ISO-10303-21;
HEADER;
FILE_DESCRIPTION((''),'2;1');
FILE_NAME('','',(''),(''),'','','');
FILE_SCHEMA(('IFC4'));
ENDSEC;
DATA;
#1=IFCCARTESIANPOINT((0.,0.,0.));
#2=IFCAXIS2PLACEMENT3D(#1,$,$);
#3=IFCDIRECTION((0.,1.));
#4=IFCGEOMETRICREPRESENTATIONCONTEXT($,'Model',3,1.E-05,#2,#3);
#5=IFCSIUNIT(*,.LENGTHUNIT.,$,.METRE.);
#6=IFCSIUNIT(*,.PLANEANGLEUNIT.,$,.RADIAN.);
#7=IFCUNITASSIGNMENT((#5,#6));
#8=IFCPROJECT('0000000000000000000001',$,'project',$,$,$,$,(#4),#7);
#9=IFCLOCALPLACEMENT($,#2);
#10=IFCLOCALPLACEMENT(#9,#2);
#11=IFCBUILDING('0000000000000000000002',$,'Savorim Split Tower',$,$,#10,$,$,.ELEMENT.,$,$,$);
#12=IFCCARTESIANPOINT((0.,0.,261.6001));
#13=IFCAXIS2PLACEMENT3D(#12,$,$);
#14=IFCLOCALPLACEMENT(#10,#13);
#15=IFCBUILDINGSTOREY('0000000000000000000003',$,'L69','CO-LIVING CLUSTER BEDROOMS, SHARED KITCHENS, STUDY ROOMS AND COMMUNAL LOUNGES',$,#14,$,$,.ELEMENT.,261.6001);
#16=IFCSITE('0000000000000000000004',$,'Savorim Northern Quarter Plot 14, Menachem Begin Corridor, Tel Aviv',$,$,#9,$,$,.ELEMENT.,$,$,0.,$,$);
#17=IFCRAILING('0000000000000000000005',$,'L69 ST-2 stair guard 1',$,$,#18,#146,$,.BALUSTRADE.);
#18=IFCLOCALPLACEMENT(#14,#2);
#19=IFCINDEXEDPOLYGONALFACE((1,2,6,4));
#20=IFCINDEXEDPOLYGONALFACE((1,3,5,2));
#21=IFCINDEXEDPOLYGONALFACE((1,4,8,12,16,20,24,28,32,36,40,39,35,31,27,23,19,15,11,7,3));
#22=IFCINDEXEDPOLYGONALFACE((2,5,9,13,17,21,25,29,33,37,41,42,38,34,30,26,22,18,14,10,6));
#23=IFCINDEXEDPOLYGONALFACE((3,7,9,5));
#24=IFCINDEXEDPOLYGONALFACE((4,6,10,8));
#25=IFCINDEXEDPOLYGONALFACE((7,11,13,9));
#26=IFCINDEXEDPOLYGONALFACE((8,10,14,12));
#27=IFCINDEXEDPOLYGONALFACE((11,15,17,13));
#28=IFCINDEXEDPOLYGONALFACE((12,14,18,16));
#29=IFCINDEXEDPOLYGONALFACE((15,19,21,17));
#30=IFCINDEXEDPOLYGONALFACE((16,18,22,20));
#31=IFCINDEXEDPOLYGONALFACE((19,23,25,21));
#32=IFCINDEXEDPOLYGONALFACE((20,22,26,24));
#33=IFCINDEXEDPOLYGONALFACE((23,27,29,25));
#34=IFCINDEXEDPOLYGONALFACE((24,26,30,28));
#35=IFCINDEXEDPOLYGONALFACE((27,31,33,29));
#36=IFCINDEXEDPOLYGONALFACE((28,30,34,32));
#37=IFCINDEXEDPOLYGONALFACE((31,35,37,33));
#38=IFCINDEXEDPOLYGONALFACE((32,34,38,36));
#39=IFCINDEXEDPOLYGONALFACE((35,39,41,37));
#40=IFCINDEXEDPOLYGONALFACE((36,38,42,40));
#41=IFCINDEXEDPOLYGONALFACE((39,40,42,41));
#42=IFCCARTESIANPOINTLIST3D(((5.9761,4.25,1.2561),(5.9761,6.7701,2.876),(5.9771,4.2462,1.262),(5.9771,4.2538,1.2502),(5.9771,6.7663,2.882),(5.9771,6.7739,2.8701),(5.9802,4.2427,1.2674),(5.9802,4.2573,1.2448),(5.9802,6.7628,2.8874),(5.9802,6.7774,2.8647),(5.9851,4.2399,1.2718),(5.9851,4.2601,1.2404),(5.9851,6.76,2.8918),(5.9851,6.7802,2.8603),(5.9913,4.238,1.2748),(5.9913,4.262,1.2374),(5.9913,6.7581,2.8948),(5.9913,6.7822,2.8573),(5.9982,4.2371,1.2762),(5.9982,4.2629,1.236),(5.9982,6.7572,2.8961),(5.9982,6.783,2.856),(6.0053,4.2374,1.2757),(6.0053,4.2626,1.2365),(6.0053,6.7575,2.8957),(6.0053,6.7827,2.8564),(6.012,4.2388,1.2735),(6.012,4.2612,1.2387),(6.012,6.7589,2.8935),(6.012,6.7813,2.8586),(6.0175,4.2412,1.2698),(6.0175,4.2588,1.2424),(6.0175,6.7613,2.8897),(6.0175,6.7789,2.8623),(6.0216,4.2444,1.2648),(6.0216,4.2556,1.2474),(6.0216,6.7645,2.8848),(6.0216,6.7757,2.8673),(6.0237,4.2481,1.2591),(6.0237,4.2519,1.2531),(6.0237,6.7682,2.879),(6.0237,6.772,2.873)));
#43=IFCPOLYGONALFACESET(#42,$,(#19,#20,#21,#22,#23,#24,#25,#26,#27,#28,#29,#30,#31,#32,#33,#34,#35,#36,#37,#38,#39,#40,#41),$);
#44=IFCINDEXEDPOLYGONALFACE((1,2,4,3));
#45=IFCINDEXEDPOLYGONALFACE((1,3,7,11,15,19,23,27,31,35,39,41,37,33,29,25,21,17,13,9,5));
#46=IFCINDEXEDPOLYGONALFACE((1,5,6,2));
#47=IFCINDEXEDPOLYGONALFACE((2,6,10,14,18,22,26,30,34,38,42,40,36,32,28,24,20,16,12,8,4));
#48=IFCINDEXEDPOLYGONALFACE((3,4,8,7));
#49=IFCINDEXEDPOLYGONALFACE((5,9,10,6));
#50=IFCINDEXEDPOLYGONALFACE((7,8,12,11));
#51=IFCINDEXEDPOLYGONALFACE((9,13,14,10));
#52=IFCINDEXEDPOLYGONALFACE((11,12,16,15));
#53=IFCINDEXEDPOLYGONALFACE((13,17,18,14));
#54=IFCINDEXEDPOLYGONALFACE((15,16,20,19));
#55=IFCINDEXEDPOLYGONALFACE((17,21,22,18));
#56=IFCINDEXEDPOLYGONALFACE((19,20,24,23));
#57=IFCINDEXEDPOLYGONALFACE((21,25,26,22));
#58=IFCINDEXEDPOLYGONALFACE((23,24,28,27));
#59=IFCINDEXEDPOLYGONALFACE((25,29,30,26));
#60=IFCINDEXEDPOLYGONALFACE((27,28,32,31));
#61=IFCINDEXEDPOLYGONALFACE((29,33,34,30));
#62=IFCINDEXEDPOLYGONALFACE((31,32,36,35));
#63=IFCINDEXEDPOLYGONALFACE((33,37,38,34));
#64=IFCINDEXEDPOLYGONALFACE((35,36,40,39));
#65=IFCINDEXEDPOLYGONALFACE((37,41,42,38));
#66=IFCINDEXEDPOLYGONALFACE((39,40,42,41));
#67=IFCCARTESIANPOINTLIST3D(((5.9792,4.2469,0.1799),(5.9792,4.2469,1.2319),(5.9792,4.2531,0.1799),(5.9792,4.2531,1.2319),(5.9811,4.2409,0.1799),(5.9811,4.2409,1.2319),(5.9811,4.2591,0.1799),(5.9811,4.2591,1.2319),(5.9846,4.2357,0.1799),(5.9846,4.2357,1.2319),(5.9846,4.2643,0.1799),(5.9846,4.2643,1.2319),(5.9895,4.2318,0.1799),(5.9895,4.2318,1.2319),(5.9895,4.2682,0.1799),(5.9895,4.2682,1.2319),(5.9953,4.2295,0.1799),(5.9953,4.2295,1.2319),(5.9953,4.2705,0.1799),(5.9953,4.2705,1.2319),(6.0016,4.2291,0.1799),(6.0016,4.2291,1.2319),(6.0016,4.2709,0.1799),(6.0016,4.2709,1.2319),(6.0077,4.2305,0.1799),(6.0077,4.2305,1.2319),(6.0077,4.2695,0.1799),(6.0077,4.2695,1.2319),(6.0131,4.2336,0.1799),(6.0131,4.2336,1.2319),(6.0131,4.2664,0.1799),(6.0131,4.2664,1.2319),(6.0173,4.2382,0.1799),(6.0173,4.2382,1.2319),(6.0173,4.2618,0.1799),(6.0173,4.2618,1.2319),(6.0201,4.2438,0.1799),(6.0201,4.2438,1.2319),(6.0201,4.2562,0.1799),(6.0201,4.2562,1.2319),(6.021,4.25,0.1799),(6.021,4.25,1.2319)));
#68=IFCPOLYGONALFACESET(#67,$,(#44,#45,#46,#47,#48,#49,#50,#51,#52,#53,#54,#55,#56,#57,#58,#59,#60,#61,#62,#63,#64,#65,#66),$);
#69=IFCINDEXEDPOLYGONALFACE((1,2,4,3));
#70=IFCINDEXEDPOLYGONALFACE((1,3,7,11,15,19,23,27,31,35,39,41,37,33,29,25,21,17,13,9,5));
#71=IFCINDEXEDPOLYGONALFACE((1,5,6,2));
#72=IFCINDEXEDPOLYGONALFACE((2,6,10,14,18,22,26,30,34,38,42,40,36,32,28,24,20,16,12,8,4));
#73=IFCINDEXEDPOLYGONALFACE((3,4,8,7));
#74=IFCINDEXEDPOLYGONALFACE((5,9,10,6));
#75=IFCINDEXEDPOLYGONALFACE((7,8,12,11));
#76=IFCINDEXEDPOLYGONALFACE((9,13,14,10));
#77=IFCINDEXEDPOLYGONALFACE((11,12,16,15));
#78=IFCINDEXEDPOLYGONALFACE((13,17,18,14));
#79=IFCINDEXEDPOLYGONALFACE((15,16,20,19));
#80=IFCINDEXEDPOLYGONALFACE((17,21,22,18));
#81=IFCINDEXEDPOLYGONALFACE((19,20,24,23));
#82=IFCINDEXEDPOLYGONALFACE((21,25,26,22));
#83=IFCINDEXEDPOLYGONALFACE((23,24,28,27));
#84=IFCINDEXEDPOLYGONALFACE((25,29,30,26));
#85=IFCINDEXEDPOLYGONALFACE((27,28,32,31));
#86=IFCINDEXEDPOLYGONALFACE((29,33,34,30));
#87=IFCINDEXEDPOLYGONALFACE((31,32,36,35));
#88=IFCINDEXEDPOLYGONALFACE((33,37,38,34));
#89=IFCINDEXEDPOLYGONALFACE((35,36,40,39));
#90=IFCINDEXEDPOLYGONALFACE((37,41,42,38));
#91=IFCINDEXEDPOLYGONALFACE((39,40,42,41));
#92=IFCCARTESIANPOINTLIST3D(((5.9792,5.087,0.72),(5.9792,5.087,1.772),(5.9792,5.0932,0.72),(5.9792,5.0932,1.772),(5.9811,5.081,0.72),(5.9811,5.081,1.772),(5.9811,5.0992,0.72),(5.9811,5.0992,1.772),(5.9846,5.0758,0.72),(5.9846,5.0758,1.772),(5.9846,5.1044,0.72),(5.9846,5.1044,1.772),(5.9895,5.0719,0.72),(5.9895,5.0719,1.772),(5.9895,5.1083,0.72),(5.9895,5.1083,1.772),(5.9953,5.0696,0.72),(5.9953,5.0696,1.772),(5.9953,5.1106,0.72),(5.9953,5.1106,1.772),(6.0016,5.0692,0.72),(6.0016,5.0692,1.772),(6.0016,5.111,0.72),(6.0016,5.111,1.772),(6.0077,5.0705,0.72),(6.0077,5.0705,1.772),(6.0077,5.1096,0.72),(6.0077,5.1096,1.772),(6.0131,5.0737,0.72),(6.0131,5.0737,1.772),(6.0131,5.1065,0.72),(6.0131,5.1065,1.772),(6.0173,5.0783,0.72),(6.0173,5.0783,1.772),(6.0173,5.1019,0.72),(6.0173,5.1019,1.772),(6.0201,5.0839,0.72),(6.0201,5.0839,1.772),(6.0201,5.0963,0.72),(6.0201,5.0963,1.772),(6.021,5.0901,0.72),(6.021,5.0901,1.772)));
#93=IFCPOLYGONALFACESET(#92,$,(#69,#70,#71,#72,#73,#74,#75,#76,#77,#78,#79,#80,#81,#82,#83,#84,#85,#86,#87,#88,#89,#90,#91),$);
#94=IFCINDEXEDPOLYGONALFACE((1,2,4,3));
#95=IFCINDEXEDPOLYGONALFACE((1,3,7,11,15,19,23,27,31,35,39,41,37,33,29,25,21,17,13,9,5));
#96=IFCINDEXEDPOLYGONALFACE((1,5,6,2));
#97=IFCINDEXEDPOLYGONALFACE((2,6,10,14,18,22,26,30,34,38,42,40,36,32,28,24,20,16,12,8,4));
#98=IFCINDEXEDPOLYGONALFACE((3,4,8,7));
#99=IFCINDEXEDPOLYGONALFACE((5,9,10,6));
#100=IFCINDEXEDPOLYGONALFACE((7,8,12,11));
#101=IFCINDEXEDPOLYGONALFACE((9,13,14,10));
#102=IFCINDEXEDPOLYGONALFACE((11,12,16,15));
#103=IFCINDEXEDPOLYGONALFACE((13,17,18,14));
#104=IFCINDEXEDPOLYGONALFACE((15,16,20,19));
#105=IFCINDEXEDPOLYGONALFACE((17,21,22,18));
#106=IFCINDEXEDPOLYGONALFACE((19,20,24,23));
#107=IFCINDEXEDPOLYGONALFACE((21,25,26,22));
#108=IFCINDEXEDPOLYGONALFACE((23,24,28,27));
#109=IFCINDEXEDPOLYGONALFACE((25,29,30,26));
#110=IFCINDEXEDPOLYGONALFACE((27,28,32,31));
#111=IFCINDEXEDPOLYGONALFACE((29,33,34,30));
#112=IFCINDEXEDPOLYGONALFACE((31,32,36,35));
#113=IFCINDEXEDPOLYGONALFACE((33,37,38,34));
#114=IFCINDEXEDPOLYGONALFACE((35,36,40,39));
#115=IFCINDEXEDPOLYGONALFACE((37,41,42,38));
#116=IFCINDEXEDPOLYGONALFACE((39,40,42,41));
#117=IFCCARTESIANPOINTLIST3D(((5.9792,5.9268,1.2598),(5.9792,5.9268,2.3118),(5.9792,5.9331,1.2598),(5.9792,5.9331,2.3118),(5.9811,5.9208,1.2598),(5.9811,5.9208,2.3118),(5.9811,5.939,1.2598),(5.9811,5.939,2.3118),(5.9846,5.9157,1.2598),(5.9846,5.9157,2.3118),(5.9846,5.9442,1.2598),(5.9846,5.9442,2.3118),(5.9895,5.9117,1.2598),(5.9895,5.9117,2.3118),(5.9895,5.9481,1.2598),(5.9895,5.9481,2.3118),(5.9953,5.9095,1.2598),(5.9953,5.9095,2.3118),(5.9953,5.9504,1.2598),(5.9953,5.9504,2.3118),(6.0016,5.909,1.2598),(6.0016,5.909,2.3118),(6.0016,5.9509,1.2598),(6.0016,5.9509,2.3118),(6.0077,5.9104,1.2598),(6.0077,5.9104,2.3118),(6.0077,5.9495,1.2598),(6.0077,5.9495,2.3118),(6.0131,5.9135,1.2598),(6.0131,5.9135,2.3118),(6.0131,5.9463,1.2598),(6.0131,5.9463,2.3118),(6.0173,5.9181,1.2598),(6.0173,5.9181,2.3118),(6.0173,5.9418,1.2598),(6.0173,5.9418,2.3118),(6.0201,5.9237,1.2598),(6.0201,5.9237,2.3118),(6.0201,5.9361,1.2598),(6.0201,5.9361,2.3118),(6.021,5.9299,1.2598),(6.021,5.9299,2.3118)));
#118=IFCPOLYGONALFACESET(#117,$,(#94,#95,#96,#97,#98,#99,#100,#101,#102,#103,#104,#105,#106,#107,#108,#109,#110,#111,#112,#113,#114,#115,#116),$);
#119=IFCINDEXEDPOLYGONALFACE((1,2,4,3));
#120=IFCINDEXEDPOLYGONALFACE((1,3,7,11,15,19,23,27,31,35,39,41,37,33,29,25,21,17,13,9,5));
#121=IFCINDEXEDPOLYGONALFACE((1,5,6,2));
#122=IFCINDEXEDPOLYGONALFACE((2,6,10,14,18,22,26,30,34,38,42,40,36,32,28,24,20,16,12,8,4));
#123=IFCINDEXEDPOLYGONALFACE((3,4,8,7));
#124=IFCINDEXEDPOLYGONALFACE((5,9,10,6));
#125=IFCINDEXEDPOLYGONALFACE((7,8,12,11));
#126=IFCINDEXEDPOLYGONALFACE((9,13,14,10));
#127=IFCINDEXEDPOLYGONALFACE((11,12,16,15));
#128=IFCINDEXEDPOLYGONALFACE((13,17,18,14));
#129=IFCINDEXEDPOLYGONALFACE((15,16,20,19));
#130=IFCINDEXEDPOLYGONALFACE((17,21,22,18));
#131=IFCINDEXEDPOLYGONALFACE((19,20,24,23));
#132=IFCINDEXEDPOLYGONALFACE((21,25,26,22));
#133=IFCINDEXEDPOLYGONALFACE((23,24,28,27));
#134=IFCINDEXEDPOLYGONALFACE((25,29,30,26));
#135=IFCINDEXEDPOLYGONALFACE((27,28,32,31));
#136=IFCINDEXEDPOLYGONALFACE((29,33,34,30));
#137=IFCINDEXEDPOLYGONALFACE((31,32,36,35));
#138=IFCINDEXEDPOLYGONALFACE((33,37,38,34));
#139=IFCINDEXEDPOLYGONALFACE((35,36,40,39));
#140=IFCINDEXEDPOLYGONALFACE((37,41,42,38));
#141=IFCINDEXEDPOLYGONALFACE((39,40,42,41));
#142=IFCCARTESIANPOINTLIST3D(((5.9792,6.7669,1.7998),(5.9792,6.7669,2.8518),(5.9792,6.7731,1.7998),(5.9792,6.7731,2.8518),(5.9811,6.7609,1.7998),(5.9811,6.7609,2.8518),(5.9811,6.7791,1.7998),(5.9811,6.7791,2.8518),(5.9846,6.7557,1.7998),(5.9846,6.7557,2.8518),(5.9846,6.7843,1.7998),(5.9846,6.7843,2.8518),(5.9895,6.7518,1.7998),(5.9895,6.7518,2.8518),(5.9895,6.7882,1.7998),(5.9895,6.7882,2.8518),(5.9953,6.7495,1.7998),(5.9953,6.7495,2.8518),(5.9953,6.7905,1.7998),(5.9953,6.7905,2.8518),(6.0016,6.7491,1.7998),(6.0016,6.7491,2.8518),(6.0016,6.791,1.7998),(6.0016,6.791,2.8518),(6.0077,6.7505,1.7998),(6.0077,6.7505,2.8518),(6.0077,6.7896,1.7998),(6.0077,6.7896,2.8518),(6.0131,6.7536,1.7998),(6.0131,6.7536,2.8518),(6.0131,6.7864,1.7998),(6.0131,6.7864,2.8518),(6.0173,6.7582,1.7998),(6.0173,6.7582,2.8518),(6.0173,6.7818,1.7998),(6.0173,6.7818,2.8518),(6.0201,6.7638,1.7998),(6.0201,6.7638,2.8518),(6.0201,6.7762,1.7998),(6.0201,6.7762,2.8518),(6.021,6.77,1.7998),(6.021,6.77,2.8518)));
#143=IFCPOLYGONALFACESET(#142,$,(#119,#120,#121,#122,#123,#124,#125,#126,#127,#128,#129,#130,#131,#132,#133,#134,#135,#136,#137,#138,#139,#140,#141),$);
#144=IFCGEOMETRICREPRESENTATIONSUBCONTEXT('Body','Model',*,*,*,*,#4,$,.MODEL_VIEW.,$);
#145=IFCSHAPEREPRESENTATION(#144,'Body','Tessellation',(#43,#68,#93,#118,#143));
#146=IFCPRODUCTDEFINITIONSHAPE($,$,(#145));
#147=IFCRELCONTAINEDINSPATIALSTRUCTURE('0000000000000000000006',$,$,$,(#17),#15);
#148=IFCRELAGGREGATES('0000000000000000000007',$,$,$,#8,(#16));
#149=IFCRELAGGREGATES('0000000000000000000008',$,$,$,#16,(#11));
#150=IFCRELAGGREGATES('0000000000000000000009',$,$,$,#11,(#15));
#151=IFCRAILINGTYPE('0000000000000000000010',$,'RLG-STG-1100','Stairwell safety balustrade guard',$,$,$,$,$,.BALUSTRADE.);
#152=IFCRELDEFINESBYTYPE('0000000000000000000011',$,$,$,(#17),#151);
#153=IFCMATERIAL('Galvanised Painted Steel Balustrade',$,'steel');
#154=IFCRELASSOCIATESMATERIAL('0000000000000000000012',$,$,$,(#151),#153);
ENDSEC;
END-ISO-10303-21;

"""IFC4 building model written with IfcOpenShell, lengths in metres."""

from ifc_helpers import new_model, si_unit, direction, frame, origin, origin_2d, place, context, subcontext, project, spatial, circle, extrude, material, type_object, element, save


model = new_model("IFC4")

# Units and contexts
model_context = context("Model", 3, precision=1e-05, world=origin(), true_north=direction((0.0, 1.0)))
body_context = subcontext(model_context, "Body", "Model", "MODEL_VIEW")
ifc_project = project(units=[si_unit("LENGTHUNIT", "METRE"), si_unit("PLANEANGLEUNIT", "RADIAN")], contexts=[model_context])

# Site, building, storey
site_placement = place(None, origin())
site = spatial("IfcSite", under=ifc_project, at=site_placement, Name="Savorim Northern Quarter Plot 14, Menachem Begin Corridor, Tel Aviv", CompositionType="ELEMENT", RefElevation=0.0)
building_placement = place(site_placement, origin())
building = spatial("IfcBuilding", under=site, at=building_placement, Name="Savorim Split Tower", CompositionType="ELEMENT")
storey_placement = place(building_placement, frame((0.0, 0.0, 261.6001)))
storey = spatial("IfcBuildingStorey", under=building, at=storey_placement, Name="L69", Description="CO-LIVING CLUSTER BEDROOMS, SHARED KITCHENS, STUDY ROOMS AND COMMUNAL LOUNGES", CompositionType="ELEMENT", Elevation=261.6001)

# Railing
ifc_material_1 = material(Name="Galvanised Painted Steel Balustrade", Category="steel")
railing_type_1 = type_object("IfcRailingType", Name="RLG-STG-1100", Description="Stairwell safety balustrade guard", PredefinedType="BALUSTRADE", material=ifc_material_1)
railing_1_placement = place(storey_placement, frame((6.0, 4.25, 0.1799)))
element("IfcRailing", 1, at=railing_1_placement, inside=storey, type_object=railing_type_1, Name="L69 ST-2 stair guard 1", PredefinedType="BALUSTRADE", context=body_context, shape_type="SweptSolid", body=[
    extrude(circle(Radius=0.0239, at=origin_2d()), frame((0.0, 0.0, 1.0762), z_axis=(0.0, 0.8412, 0.540725), x_axis=(-1.0, 0.0, 0.0)), (0.0, 0.0, 1.0), 2.9958),
    extrude(circle(Radius=0.021, at=origin_2d()), origin(), (0.0, 0.0, 1.0), 1.052),
    extrude(circle(Radius=0.021, at=origin_2d()), frame((0.0, 0.8401, 0.54)), (0.0, 0.0, 1.0), 1.052),
    extrude(circle(Radius=0.021, at=origin_2d()), frame((0.0, 1.6799, 1.0798)), (0.0, 0.0, 1.0), 1.052),
    extrude(circle(Radius=0.021, at=origin_2d()), frame((0.0, 2.52, 1.6199)), (0.0, 0.0, 1.0), 1.052),
])

save(model, "model.ifc")
